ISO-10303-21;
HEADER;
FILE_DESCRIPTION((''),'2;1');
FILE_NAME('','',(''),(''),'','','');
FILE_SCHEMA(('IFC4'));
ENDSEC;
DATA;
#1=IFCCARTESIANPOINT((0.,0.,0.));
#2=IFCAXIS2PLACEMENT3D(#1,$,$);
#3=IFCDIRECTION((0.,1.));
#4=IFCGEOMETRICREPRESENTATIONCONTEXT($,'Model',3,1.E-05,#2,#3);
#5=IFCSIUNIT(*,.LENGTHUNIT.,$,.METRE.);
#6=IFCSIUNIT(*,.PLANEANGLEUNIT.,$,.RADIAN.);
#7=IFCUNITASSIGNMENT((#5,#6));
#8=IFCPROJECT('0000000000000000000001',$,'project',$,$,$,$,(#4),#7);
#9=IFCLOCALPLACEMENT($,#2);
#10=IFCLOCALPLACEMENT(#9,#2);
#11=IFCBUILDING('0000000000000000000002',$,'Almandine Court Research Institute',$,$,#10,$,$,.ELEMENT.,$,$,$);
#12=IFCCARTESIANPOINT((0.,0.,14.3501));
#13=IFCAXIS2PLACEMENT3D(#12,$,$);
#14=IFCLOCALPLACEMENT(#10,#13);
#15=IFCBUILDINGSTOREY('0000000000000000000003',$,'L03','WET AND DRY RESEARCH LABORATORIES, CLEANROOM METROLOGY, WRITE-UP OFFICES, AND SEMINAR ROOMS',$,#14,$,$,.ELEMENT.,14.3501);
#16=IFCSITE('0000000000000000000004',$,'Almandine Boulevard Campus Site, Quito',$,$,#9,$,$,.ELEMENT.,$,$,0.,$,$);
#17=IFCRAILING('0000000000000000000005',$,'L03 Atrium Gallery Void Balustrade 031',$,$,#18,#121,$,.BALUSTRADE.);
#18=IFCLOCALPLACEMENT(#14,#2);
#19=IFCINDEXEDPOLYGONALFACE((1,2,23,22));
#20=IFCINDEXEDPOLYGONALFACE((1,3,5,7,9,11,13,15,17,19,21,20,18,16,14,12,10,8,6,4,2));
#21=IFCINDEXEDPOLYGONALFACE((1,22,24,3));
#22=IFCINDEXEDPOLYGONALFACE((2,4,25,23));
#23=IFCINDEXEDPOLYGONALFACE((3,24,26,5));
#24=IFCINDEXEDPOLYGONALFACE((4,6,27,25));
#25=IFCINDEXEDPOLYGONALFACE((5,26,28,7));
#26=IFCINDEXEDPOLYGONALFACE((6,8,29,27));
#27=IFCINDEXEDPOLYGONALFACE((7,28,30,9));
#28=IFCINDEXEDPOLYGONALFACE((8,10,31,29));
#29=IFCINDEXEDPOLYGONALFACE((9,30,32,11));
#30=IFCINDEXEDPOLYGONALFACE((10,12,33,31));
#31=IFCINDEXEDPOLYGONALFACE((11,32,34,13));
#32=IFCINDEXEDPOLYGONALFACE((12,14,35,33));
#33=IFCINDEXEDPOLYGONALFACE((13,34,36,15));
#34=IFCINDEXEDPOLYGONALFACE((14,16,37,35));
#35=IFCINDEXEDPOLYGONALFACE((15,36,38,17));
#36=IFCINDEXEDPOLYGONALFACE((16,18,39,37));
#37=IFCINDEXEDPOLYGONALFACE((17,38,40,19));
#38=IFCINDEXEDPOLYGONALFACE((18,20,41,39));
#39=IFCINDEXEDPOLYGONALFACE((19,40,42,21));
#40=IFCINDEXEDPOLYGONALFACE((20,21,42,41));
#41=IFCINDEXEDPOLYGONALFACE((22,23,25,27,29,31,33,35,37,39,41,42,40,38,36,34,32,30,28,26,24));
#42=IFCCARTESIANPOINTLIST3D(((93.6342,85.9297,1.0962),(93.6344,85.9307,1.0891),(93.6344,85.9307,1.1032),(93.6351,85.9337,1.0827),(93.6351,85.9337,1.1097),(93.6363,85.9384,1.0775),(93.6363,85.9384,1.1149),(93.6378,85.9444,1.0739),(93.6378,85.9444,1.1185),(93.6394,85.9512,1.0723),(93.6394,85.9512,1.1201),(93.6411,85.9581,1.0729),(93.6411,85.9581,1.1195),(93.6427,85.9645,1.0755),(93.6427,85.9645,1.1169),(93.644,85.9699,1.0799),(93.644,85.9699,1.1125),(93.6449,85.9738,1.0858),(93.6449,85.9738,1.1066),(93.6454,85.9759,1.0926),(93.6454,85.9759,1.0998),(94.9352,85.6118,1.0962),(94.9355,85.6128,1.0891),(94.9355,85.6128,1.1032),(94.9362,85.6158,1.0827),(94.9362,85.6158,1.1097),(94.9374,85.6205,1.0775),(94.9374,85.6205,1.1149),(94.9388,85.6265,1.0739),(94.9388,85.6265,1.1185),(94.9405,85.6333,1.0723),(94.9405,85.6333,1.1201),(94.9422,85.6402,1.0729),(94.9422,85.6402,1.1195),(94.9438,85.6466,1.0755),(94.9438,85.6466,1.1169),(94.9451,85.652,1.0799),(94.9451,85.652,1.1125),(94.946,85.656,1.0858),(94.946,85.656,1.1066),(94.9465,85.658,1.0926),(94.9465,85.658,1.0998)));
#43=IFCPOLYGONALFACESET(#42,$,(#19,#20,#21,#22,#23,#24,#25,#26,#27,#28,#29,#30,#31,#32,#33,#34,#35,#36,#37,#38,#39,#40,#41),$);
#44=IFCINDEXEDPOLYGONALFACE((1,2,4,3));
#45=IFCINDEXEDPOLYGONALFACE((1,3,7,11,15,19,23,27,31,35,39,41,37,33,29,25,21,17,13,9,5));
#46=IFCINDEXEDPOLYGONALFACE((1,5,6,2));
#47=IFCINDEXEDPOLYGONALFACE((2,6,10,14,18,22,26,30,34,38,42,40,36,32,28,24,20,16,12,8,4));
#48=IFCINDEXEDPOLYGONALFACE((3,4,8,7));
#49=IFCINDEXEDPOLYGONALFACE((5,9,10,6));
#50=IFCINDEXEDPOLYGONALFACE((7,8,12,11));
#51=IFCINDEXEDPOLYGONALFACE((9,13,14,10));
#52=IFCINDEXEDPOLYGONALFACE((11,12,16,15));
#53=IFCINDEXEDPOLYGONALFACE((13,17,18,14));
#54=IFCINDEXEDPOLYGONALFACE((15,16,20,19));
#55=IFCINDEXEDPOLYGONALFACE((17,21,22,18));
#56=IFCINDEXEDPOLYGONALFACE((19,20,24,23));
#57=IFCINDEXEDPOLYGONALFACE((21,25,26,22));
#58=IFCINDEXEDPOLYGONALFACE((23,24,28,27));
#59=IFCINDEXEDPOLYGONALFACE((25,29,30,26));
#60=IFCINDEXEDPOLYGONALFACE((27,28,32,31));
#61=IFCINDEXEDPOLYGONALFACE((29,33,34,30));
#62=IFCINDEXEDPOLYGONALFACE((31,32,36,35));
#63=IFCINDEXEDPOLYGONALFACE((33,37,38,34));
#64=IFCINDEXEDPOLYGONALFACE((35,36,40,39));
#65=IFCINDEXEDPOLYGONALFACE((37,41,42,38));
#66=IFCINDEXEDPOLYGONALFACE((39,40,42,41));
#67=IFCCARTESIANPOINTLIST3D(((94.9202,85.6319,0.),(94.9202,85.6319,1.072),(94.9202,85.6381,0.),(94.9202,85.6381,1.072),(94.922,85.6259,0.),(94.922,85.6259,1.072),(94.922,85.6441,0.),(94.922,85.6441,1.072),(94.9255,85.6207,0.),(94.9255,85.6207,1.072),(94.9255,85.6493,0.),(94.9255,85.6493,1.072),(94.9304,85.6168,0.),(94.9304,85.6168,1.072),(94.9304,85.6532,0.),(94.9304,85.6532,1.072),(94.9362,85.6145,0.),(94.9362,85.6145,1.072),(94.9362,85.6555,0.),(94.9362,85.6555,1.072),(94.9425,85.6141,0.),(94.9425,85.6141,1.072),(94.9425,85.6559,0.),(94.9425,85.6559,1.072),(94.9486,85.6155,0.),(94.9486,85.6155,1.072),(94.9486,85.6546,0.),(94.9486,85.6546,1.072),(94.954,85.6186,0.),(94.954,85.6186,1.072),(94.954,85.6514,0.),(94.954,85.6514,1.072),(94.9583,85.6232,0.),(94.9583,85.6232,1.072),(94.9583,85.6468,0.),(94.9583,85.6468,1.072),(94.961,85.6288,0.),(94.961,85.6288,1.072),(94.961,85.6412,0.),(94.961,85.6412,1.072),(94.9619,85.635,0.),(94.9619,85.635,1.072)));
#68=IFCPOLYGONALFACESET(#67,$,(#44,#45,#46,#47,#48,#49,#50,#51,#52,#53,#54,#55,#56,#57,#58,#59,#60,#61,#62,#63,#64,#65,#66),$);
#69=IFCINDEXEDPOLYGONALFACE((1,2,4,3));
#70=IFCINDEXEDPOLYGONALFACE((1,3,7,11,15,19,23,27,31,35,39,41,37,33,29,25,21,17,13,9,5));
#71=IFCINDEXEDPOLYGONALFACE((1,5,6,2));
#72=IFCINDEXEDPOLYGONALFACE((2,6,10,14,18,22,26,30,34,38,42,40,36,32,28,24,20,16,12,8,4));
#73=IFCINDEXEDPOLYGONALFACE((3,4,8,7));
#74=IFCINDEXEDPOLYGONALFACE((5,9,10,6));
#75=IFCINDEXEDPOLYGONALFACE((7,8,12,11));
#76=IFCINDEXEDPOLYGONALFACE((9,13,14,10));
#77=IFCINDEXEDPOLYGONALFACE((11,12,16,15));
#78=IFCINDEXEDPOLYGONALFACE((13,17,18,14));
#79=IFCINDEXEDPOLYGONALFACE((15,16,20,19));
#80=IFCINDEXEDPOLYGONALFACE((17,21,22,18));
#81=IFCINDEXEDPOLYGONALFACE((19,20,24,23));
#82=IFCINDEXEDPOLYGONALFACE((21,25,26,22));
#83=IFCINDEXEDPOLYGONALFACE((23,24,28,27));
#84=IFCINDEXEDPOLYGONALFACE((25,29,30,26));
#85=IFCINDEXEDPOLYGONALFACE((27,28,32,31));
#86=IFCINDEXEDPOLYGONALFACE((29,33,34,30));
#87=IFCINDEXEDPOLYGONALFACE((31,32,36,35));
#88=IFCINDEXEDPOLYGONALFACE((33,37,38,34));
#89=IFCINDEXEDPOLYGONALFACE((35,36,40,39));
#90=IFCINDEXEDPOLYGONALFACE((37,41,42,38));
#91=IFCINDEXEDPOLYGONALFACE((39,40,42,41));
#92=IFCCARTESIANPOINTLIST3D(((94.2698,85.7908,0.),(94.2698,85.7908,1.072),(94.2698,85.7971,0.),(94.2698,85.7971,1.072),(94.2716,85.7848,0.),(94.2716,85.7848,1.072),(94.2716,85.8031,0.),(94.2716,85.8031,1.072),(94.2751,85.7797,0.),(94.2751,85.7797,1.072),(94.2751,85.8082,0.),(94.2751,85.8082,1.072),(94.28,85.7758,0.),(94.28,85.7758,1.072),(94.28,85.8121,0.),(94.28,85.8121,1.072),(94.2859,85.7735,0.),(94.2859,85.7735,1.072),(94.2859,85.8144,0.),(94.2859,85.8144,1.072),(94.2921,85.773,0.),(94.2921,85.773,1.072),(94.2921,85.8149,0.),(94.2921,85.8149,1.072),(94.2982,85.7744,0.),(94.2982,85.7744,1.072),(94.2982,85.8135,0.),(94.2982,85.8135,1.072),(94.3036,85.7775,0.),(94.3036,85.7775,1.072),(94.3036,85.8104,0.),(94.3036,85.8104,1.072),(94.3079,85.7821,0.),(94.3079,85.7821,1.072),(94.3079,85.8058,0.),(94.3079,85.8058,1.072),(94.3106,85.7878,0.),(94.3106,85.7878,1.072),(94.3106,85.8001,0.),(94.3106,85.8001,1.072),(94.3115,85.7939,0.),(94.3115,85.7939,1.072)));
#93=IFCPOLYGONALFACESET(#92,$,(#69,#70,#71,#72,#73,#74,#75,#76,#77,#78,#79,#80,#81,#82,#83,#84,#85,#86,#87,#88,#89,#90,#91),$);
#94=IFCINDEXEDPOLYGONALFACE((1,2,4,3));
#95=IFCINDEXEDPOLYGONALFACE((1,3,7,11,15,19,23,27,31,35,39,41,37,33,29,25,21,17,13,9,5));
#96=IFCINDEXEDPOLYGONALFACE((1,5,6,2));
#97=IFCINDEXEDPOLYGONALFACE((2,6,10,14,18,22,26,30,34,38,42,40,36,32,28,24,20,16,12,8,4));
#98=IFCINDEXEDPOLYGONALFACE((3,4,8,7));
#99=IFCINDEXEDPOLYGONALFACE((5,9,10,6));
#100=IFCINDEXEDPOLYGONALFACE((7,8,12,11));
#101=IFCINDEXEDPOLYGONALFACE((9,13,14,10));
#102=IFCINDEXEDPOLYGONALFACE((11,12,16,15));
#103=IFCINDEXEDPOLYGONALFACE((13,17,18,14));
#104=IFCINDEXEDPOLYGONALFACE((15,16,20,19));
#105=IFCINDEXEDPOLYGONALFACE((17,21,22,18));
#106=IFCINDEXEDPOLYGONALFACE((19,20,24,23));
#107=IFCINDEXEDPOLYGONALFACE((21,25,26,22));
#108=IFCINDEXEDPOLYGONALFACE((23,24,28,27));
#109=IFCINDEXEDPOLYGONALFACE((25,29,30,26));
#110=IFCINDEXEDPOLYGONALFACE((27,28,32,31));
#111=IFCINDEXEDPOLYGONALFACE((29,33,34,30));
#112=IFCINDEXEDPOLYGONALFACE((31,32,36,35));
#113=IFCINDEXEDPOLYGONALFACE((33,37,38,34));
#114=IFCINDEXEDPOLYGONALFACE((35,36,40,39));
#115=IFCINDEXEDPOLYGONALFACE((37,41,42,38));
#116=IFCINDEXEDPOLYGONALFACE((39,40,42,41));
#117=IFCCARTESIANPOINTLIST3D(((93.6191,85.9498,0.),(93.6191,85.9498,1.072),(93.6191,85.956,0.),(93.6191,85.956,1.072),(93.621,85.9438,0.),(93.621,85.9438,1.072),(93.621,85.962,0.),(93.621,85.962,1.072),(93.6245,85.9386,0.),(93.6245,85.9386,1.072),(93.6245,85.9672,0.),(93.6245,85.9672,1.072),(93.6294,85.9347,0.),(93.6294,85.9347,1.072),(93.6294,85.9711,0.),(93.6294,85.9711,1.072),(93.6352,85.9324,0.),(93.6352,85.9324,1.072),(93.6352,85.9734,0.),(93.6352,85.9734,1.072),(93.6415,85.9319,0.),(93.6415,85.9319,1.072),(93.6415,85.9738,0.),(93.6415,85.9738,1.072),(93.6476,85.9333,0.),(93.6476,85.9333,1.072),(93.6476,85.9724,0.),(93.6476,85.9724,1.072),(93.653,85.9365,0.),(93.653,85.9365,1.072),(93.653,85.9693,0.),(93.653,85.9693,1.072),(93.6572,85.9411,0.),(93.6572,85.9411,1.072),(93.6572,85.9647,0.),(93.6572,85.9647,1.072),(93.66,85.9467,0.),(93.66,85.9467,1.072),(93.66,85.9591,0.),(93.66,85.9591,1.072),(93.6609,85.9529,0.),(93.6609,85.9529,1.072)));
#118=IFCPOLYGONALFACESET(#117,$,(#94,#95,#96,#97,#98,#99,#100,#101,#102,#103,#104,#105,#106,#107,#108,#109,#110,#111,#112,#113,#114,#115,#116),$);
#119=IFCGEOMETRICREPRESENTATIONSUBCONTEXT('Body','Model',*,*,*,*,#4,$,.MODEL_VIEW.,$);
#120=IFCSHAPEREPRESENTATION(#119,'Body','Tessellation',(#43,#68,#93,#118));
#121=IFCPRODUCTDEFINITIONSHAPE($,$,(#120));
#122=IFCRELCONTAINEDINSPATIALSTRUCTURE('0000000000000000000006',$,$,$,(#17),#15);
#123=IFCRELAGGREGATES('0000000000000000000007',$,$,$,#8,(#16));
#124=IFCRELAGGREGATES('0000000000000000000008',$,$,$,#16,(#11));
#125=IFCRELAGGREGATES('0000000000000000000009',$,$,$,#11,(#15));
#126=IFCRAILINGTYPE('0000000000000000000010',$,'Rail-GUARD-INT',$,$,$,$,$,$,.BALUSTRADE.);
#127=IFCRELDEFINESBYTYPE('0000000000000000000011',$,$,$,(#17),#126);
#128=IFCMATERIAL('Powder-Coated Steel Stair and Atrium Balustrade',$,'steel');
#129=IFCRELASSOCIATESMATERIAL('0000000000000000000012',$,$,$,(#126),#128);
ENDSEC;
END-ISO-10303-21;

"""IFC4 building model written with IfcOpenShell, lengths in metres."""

from ifc_helpers import new_model, si_unit, direction, frame, origin, origin_2d, place, context, subcontext, project, spatial, circle, extrude, material, type_object, element, save


model = new_model("IFC4")

# Units and contexts
model_context = context("Model", 3, precision=1e-05, world=origin(), true_north=direction((0.0, 1.0)))
body_context = subcontext(model_context, "Body", "Model", "MODEL_VIEW")
ifc_project = project(units=[si_unit("LENGTHUNIT", "METRE"), si_unit("PLANEANGLEUNIT", "RADIAN")], contexts=[model_context])

# Site, building, storey
site_placement = place(None, origin())
site = spatial("IfcSite", under=ifc_project, at=site_placement, Name="Almandine Boulevard Campus Site, Quito", CompositionType="ELEMENT", RefElevation=0.0)
building_placement = place(site_placement, origin())
building = spatial("IfcBuilding", under=site, at=building_placement, Name="Almandine Court Research Institute", CompositionType="ELEMENT")
storey_placement = place(building_placement, frame((0.0, 0.0, 14.3501)))
storey = spatial("IfcBuildingStorey", under=building, at=storey_placement, Name="L03", Description="WET AND DRY RESEARCH LABORATORIES, CLEANROOM METROLOGY, WRITE-UP OFFICES, AND SEMINAR ROOMS", CompositionType="ELEMENT", Elevation=14.3501)

# Railing
ifc_material_1 = material(Name="Powder-Coated Steel Stair and Atrium Balustrade", Category="steel")
railing_type = type_object("IfcRailingType", Name="Rail-GUARD-INT", PredefinedType="BALUSTRADE", material=ifc_material_1)
railing_1_placement = place(storey_placement, frame((94.9409, 85.635, 0.0)))
element("IfcRailing", 1, at=railing_1_placement, inside=storey, type_object=railing_type, Name="L03 Atrium Gallery Void Balustrade 031", PredefinedType="BALUSTRADE", context=body_context, shape_type="SweptSolid", body=[
    extrude(circle(Radius=0.0239, at=origin_2d()), frame((0.0, 0.0, 1.0962), z_axis=(-0.971426, 0.237342, 0.0), x_axis=(-0.237342, -0.971426, 0.0)), (0.0, 0.0, 1.0), 1.3394),
    extrude(circle(Radius=0.021, at=origin_2d()), origin(), (0.0, 0.0, 1.0), 1.072),
    extrude(circle(Radius=0.021, at=origin_2d()), frame((-0.6504, 0.1589, 0.0)), (0.0, 0.0, 1.0), 1.072),
    extrude(circle(Radius=0.021, at=origin_2d()), frame((-1.301, 0.3179, 0.0)), (0.0, 0.0, 1.0), 1.072),
])

save(model, "model.ifc")
